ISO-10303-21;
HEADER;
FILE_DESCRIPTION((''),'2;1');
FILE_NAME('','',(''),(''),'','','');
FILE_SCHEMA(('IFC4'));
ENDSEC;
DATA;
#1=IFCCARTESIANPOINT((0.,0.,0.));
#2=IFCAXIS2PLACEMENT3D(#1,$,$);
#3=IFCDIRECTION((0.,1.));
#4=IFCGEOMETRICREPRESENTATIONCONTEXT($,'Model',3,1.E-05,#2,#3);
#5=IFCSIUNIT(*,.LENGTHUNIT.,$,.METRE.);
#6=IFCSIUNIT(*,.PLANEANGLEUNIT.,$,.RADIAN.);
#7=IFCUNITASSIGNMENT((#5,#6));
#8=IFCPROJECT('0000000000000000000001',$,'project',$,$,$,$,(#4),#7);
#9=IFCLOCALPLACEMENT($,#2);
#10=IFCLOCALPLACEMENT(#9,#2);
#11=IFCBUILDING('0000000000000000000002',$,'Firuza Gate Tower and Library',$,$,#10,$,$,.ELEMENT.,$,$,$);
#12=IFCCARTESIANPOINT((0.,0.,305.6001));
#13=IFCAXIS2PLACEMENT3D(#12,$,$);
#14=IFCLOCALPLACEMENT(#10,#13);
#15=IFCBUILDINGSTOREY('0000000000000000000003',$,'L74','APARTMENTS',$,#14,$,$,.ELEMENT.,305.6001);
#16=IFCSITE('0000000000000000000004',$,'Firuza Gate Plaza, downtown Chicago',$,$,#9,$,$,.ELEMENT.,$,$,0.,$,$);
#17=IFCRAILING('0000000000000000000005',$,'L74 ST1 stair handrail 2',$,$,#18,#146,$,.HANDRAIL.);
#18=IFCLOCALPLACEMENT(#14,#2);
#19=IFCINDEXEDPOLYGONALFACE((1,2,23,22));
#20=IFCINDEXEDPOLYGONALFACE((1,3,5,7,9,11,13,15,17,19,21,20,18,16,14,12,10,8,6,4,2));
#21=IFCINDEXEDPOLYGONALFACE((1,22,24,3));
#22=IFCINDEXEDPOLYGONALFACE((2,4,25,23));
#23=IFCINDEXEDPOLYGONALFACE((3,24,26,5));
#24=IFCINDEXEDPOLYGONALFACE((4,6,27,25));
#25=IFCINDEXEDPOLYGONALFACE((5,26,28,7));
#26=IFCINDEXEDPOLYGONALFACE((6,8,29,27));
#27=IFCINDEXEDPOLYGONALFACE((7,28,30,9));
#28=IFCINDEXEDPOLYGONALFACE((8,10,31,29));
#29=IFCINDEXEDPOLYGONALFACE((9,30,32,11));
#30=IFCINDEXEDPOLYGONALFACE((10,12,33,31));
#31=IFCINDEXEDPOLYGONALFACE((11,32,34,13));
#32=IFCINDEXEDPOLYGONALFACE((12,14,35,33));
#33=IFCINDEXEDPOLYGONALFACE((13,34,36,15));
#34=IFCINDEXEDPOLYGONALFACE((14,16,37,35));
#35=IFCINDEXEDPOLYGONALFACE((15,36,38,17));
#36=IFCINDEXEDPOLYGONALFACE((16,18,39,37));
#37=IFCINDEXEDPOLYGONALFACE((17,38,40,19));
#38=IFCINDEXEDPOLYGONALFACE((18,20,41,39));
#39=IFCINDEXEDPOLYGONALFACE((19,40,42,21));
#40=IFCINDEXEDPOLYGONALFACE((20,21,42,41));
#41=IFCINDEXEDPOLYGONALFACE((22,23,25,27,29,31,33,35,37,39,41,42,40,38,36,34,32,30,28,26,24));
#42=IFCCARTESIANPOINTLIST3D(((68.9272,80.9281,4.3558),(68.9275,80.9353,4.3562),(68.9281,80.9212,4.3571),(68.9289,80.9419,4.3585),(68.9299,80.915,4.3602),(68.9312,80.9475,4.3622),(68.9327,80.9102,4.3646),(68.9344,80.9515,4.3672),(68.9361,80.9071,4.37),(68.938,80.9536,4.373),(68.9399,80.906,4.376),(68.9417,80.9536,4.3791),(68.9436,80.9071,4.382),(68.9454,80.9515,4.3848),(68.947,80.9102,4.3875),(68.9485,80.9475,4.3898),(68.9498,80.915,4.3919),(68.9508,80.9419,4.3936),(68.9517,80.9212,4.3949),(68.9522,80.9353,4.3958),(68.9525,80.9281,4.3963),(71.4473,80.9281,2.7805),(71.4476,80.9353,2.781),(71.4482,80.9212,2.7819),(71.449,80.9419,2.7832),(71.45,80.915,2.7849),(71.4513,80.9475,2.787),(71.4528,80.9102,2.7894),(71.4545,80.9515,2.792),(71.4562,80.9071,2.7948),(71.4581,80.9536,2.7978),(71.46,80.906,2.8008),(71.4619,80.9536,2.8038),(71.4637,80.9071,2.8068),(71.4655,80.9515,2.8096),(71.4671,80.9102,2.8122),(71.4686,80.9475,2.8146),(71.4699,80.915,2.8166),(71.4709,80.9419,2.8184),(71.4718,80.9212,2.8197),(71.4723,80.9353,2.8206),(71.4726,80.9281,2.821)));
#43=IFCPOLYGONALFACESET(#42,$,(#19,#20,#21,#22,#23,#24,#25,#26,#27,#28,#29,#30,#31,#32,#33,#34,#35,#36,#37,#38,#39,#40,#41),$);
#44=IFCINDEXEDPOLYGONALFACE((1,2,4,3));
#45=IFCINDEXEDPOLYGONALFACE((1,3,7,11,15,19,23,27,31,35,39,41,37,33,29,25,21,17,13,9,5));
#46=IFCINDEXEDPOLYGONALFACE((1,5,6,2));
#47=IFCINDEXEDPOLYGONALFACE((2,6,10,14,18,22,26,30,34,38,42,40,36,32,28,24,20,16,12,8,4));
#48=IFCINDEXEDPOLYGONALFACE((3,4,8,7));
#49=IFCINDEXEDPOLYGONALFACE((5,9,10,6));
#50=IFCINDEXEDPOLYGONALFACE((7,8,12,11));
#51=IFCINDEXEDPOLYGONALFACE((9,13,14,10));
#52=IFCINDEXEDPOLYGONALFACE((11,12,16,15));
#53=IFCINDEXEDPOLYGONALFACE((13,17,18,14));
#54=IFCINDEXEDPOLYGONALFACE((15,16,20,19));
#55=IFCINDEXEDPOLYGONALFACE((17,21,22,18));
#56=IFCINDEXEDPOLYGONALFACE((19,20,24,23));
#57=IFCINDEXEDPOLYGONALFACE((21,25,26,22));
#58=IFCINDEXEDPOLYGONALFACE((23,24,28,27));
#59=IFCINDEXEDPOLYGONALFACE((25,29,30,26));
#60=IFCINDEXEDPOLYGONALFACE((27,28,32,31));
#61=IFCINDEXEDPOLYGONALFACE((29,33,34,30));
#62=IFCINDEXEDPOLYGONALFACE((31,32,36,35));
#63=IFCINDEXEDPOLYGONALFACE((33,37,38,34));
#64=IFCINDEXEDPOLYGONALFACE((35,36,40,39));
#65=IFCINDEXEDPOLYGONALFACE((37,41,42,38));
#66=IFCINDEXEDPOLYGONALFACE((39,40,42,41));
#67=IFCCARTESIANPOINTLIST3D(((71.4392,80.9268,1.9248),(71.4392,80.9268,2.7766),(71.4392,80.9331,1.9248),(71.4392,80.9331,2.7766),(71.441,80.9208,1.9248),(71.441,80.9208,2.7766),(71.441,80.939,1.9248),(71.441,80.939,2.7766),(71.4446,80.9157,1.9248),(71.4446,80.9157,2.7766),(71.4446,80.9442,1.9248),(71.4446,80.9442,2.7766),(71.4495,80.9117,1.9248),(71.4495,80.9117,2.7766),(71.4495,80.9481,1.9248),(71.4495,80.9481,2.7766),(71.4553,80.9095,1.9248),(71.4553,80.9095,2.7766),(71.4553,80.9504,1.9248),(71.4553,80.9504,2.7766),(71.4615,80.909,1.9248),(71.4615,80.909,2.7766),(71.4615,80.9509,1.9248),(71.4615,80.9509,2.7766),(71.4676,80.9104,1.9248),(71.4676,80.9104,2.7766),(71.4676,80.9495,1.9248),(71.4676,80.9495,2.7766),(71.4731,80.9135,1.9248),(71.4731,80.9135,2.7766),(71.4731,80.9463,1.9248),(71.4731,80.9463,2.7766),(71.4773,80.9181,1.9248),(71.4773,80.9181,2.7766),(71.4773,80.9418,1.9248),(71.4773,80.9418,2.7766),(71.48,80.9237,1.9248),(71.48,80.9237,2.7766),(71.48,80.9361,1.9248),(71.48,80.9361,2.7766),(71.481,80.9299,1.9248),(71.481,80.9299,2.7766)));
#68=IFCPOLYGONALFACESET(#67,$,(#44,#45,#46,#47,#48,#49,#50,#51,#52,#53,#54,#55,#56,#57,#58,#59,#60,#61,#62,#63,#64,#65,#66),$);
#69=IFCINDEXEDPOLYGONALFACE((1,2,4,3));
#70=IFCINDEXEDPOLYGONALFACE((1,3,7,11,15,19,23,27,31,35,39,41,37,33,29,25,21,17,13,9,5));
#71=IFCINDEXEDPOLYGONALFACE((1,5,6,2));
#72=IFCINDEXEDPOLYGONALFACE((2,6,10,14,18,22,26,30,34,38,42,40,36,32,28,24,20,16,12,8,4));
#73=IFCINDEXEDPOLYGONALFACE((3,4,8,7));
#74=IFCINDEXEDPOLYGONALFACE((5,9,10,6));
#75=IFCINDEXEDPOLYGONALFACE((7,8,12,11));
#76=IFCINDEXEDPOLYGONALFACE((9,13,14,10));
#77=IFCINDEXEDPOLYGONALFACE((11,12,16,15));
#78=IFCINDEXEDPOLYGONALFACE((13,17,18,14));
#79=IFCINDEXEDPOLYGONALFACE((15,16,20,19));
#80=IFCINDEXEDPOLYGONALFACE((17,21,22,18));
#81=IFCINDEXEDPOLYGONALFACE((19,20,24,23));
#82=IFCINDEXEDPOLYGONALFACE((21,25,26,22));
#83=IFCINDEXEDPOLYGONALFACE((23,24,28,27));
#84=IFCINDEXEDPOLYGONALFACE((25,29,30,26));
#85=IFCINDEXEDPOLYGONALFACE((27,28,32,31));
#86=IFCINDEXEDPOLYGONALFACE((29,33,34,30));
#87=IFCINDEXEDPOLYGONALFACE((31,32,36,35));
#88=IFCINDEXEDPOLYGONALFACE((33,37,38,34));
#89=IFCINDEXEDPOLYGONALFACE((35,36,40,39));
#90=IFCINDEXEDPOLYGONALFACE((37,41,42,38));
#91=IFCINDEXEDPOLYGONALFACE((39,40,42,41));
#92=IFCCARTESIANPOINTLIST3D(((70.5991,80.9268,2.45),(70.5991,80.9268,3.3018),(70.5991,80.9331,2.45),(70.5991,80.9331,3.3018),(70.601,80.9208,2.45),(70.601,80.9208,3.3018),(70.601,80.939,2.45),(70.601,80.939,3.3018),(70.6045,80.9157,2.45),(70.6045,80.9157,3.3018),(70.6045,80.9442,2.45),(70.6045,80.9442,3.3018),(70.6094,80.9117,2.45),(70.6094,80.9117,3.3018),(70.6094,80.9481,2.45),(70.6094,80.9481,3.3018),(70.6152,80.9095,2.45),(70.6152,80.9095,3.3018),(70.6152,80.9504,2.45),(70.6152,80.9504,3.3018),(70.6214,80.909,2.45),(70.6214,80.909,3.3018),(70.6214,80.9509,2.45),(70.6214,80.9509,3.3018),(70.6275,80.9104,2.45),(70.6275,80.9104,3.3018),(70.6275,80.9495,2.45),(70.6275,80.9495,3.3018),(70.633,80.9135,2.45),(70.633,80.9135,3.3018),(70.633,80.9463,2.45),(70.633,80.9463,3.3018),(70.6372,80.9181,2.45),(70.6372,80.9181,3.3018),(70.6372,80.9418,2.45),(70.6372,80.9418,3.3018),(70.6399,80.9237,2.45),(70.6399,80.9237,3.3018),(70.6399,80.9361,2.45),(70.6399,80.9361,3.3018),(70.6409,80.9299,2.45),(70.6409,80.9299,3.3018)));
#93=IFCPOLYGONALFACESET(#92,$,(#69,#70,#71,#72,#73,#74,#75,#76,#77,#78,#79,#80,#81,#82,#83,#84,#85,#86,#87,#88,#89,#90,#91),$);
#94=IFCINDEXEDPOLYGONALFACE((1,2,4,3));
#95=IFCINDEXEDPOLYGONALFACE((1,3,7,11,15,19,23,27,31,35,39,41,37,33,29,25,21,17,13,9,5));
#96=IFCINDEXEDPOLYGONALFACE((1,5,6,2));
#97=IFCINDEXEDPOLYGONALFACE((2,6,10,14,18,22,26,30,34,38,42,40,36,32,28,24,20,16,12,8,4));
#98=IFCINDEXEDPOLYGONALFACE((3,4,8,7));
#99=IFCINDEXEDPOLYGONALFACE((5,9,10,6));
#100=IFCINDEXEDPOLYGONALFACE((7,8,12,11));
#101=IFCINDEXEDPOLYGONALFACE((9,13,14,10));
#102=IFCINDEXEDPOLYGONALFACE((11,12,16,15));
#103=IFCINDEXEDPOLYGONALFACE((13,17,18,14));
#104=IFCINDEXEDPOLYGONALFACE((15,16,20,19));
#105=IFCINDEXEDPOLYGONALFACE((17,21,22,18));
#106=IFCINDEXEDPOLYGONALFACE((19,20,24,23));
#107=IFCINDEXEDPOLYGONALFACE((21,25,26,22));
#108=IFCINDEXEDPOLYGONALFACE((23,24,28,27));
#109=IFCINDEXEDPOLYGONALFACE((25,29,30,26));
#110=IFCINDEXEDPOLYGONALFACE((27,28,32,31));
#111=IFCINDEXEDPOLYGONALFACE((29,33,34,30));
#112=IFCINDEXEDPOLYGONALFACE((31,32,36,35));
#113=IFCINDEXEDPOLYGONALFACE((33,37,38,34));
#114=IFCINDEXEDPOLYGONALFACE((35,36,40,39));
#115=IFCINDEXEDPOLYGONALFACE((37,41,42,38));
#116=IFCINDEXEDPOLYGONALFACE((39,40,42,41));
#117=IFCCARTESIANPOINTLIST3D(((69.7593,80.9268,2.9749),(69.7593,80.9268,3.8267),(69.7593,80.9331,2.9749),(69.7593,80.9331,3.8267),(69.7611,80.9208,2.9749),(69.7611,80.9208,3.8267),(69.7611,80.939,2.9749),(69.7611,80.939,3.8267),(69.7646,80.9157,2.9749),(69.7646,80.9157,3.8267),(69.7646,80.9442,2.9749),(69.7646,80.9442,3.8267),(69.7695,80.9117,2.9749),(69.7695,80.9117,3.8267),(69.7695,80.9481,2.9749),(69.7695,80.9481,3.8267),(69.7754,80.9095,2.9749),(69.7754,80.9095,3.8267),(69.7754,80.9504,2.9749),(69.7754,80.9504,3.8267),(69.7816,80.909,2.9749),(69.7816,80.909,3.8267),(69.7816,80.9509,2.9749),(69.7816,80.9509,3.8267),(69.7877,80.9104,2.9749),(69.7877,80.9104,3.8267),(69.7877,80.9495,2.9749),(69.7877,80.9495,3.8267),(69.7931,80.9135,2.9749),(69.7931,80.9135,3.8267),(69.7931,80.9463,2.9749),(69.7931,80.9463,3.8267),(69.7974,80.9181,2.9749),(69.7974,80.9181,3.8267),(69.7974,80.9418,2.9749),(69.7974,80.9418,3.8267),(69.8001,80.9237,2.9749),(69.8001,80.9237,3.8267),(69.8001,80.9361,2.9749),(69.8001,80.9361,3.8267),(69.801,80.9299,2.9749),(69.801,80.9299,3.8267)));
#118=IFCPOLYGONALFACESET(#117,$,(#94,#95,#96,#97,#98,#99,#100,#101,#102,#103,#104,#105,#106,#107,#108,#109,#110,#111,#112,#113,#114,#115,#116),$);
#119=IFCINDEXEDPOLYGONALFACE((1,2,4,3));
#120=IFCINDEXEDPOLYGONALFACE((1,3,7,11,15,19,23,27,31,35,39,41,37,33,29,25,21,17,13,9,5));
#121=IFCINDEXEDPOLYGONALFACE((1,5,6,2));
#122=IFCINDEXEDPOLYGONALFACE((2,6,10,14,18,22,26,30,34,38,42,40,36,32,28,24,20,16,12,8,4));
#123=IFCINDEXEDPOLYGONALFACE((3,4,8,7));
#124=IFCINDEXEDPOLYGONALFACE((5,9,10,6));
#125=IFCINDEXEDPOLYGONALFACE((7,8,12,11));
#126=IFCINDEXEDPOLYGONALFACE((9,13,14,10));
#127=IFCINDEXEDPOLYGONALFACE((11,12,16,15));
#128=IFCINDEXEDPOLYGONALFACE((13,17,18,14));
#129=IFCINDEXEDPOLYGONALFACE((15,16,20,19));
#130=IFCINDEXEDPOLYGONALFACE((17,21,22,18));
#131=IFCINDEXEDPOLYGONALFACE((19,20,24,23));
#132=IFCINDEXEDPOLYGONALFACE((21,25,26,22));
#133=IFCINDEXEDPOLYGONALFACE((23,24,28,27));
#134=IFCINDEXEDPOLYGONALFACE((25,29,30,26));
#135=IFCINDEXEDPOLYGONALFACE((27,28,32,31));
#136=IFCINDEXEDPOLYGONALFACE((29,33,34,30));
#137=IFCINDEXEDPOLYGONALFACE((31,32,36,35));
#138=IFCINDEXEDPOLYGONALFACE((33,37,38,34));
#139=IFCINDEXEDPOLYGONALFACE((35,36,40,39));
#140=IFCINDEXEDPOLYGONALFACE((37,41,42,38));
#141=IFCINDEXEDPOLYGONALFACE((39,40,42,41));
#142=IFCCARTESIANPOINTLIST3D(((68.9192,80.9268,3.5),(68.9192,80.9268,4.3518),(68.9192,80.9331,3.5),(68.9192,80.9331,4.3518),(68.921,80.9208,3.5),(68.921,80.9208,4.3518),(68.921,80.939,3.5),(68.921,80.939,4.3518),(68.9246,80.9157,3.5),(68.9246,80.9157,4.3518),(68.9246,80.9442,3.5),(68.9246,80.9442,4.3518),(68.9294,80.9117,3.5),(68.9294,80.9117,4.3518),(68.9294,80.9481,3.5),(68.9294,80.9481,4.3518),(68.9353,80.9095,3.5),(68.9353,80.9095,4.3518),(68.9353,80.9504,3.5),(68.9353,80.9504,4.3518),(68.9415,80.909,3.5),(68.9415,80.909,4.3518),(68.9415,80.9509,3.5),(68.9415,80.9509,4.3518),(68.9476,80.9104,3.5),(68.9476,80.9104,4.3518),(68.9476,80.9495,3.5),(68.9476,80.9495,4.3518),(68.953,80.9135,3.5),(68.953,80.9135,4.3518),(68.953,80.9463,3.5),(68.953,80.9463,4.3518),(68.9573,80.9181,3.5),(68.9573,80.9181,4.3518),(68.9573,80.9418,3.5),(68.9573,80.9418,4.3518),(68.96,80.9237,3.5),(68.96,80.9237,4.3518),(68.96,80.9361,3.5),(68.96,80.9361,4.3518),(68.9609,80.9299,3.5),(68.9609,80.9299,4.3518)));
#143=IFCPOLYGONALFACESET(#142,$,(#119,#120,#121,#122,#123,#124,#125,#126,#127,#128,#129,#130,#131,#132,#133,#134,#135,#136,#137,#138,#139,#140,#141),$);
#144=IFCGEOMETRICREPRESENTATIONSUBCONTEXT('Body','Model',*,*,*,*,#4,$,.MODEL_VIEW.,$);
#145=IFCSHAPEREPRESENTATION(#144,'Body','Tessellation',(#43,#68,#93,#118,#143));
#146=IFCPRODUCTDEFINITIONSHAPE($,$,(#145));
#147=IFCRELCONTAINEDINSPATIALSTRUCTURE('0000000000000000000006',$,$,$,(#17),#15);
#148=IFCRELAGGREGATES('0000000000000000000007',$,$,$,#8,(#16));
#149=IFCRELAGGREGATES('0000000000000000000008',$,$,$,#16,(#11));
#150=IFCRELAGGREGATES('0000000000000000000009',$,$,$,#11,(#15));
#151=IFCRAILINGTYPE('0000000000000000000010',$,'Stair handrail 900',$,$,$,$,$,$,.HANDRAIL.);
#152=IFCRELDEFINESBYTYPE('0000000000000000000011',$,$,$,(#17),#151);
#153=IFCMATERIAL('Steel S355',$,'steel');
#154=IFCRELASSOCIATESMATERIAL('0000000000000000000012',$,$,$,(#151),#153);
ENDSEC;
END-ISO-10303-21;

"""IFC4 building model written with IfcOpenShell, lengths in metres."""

from ifc_helpers import new_model, si_unit, direction, frame, origin, origin_2d, place, context, subcontext, project, spatial, circle, extrude, material, type_object, element, save


model = new_model("IFC4")

# Units and contexts
model_context = context("Model", 3, precision=1e-05, world=origin(), true_north=direction((0.0, 1.0)))
body_context = subcontext(model_context, "Body", "Model", "MODEL_VIEW")
ifc_project = project(units=[si_unit("LENGTHUNIT", "METRE"), si_unit("PLANEANGLEUNIT", "RADIAN")], contexts=[model_context])

# Site, building, storey
site_placement = place(None, origin())
site = spatial("IfcSite", under=ifc_project, at=site_placement, Name="Firuza Gate Plaza, downtown Chicago", CompositionType="ELEMENT", RefElevation=0.0)
building_placement = place(site_placement, origin())
building = spatial("IfcBuilding", under=site, at=building_placement, Name="Firuza Gate Tower and Library", CompositionType="ELEMENT")
storey_placement = place(building_placement, frame((0.0, 0.0, 305.6001)))
storey = spatial("IfcBuildingStorey", under=building, at=storey_placement, Name="L74", Description="APARTMENTS", CompositionType="ELEMENT", Elevation=305.6001)

# Railing
ifc_material_1 = material(Name="Steel S355", Category="steel")
railing_type_1 = type_object("IfcRailingType", Name="Stair handrail 900", PredefinedType="HANDRAIL", material=ifc_material_1)
railing_1_placement = place(storey_placement, frame((71.46, 80.9299, 1.9248)))
element("IfcRailing", 1, at=railing_1_placement, inside=storey, type_object=railing_type_1, Name="L74 ST1 stair handrail 2", PredefinedType="HANDRAIL", context=body_context, shape_type="SweptSolid", body=[
    extrude(circle(Radius=0.0239, at=origin_2d()), frame((0.0, 0.0, 0.876), z_axis=(-0.847971, 0.0, 0.530043), x_axis=(0.0, -1.0, 0.0)), (0.0, 0.0, 1.0), 2.9719),
    extrude(circle(Radius=0.021, at=origin_2d()), origin(), (0.0, 0.0, 1.0), 0.8518),
    extrude(circle(Radius=0.021, at=origin_2d()), frame((-0.8401, 0.0, 0.5251)), (0.0, 0.0, 1.0), 0.8518),
    extrude(circle(Radius=0.021, at=origin_2d()), frame((-1.6799, 0.0, 1.05)), (0.0, 0.0, 1.0), 0.8518),
    extrude(circle(Radius=0.021, at=origin_2d()), frame((-2.52, 0.0, 1.5752)), (0.0, 0.0, 1.0), 0.8518),
])

save(model, "model.ifc")
